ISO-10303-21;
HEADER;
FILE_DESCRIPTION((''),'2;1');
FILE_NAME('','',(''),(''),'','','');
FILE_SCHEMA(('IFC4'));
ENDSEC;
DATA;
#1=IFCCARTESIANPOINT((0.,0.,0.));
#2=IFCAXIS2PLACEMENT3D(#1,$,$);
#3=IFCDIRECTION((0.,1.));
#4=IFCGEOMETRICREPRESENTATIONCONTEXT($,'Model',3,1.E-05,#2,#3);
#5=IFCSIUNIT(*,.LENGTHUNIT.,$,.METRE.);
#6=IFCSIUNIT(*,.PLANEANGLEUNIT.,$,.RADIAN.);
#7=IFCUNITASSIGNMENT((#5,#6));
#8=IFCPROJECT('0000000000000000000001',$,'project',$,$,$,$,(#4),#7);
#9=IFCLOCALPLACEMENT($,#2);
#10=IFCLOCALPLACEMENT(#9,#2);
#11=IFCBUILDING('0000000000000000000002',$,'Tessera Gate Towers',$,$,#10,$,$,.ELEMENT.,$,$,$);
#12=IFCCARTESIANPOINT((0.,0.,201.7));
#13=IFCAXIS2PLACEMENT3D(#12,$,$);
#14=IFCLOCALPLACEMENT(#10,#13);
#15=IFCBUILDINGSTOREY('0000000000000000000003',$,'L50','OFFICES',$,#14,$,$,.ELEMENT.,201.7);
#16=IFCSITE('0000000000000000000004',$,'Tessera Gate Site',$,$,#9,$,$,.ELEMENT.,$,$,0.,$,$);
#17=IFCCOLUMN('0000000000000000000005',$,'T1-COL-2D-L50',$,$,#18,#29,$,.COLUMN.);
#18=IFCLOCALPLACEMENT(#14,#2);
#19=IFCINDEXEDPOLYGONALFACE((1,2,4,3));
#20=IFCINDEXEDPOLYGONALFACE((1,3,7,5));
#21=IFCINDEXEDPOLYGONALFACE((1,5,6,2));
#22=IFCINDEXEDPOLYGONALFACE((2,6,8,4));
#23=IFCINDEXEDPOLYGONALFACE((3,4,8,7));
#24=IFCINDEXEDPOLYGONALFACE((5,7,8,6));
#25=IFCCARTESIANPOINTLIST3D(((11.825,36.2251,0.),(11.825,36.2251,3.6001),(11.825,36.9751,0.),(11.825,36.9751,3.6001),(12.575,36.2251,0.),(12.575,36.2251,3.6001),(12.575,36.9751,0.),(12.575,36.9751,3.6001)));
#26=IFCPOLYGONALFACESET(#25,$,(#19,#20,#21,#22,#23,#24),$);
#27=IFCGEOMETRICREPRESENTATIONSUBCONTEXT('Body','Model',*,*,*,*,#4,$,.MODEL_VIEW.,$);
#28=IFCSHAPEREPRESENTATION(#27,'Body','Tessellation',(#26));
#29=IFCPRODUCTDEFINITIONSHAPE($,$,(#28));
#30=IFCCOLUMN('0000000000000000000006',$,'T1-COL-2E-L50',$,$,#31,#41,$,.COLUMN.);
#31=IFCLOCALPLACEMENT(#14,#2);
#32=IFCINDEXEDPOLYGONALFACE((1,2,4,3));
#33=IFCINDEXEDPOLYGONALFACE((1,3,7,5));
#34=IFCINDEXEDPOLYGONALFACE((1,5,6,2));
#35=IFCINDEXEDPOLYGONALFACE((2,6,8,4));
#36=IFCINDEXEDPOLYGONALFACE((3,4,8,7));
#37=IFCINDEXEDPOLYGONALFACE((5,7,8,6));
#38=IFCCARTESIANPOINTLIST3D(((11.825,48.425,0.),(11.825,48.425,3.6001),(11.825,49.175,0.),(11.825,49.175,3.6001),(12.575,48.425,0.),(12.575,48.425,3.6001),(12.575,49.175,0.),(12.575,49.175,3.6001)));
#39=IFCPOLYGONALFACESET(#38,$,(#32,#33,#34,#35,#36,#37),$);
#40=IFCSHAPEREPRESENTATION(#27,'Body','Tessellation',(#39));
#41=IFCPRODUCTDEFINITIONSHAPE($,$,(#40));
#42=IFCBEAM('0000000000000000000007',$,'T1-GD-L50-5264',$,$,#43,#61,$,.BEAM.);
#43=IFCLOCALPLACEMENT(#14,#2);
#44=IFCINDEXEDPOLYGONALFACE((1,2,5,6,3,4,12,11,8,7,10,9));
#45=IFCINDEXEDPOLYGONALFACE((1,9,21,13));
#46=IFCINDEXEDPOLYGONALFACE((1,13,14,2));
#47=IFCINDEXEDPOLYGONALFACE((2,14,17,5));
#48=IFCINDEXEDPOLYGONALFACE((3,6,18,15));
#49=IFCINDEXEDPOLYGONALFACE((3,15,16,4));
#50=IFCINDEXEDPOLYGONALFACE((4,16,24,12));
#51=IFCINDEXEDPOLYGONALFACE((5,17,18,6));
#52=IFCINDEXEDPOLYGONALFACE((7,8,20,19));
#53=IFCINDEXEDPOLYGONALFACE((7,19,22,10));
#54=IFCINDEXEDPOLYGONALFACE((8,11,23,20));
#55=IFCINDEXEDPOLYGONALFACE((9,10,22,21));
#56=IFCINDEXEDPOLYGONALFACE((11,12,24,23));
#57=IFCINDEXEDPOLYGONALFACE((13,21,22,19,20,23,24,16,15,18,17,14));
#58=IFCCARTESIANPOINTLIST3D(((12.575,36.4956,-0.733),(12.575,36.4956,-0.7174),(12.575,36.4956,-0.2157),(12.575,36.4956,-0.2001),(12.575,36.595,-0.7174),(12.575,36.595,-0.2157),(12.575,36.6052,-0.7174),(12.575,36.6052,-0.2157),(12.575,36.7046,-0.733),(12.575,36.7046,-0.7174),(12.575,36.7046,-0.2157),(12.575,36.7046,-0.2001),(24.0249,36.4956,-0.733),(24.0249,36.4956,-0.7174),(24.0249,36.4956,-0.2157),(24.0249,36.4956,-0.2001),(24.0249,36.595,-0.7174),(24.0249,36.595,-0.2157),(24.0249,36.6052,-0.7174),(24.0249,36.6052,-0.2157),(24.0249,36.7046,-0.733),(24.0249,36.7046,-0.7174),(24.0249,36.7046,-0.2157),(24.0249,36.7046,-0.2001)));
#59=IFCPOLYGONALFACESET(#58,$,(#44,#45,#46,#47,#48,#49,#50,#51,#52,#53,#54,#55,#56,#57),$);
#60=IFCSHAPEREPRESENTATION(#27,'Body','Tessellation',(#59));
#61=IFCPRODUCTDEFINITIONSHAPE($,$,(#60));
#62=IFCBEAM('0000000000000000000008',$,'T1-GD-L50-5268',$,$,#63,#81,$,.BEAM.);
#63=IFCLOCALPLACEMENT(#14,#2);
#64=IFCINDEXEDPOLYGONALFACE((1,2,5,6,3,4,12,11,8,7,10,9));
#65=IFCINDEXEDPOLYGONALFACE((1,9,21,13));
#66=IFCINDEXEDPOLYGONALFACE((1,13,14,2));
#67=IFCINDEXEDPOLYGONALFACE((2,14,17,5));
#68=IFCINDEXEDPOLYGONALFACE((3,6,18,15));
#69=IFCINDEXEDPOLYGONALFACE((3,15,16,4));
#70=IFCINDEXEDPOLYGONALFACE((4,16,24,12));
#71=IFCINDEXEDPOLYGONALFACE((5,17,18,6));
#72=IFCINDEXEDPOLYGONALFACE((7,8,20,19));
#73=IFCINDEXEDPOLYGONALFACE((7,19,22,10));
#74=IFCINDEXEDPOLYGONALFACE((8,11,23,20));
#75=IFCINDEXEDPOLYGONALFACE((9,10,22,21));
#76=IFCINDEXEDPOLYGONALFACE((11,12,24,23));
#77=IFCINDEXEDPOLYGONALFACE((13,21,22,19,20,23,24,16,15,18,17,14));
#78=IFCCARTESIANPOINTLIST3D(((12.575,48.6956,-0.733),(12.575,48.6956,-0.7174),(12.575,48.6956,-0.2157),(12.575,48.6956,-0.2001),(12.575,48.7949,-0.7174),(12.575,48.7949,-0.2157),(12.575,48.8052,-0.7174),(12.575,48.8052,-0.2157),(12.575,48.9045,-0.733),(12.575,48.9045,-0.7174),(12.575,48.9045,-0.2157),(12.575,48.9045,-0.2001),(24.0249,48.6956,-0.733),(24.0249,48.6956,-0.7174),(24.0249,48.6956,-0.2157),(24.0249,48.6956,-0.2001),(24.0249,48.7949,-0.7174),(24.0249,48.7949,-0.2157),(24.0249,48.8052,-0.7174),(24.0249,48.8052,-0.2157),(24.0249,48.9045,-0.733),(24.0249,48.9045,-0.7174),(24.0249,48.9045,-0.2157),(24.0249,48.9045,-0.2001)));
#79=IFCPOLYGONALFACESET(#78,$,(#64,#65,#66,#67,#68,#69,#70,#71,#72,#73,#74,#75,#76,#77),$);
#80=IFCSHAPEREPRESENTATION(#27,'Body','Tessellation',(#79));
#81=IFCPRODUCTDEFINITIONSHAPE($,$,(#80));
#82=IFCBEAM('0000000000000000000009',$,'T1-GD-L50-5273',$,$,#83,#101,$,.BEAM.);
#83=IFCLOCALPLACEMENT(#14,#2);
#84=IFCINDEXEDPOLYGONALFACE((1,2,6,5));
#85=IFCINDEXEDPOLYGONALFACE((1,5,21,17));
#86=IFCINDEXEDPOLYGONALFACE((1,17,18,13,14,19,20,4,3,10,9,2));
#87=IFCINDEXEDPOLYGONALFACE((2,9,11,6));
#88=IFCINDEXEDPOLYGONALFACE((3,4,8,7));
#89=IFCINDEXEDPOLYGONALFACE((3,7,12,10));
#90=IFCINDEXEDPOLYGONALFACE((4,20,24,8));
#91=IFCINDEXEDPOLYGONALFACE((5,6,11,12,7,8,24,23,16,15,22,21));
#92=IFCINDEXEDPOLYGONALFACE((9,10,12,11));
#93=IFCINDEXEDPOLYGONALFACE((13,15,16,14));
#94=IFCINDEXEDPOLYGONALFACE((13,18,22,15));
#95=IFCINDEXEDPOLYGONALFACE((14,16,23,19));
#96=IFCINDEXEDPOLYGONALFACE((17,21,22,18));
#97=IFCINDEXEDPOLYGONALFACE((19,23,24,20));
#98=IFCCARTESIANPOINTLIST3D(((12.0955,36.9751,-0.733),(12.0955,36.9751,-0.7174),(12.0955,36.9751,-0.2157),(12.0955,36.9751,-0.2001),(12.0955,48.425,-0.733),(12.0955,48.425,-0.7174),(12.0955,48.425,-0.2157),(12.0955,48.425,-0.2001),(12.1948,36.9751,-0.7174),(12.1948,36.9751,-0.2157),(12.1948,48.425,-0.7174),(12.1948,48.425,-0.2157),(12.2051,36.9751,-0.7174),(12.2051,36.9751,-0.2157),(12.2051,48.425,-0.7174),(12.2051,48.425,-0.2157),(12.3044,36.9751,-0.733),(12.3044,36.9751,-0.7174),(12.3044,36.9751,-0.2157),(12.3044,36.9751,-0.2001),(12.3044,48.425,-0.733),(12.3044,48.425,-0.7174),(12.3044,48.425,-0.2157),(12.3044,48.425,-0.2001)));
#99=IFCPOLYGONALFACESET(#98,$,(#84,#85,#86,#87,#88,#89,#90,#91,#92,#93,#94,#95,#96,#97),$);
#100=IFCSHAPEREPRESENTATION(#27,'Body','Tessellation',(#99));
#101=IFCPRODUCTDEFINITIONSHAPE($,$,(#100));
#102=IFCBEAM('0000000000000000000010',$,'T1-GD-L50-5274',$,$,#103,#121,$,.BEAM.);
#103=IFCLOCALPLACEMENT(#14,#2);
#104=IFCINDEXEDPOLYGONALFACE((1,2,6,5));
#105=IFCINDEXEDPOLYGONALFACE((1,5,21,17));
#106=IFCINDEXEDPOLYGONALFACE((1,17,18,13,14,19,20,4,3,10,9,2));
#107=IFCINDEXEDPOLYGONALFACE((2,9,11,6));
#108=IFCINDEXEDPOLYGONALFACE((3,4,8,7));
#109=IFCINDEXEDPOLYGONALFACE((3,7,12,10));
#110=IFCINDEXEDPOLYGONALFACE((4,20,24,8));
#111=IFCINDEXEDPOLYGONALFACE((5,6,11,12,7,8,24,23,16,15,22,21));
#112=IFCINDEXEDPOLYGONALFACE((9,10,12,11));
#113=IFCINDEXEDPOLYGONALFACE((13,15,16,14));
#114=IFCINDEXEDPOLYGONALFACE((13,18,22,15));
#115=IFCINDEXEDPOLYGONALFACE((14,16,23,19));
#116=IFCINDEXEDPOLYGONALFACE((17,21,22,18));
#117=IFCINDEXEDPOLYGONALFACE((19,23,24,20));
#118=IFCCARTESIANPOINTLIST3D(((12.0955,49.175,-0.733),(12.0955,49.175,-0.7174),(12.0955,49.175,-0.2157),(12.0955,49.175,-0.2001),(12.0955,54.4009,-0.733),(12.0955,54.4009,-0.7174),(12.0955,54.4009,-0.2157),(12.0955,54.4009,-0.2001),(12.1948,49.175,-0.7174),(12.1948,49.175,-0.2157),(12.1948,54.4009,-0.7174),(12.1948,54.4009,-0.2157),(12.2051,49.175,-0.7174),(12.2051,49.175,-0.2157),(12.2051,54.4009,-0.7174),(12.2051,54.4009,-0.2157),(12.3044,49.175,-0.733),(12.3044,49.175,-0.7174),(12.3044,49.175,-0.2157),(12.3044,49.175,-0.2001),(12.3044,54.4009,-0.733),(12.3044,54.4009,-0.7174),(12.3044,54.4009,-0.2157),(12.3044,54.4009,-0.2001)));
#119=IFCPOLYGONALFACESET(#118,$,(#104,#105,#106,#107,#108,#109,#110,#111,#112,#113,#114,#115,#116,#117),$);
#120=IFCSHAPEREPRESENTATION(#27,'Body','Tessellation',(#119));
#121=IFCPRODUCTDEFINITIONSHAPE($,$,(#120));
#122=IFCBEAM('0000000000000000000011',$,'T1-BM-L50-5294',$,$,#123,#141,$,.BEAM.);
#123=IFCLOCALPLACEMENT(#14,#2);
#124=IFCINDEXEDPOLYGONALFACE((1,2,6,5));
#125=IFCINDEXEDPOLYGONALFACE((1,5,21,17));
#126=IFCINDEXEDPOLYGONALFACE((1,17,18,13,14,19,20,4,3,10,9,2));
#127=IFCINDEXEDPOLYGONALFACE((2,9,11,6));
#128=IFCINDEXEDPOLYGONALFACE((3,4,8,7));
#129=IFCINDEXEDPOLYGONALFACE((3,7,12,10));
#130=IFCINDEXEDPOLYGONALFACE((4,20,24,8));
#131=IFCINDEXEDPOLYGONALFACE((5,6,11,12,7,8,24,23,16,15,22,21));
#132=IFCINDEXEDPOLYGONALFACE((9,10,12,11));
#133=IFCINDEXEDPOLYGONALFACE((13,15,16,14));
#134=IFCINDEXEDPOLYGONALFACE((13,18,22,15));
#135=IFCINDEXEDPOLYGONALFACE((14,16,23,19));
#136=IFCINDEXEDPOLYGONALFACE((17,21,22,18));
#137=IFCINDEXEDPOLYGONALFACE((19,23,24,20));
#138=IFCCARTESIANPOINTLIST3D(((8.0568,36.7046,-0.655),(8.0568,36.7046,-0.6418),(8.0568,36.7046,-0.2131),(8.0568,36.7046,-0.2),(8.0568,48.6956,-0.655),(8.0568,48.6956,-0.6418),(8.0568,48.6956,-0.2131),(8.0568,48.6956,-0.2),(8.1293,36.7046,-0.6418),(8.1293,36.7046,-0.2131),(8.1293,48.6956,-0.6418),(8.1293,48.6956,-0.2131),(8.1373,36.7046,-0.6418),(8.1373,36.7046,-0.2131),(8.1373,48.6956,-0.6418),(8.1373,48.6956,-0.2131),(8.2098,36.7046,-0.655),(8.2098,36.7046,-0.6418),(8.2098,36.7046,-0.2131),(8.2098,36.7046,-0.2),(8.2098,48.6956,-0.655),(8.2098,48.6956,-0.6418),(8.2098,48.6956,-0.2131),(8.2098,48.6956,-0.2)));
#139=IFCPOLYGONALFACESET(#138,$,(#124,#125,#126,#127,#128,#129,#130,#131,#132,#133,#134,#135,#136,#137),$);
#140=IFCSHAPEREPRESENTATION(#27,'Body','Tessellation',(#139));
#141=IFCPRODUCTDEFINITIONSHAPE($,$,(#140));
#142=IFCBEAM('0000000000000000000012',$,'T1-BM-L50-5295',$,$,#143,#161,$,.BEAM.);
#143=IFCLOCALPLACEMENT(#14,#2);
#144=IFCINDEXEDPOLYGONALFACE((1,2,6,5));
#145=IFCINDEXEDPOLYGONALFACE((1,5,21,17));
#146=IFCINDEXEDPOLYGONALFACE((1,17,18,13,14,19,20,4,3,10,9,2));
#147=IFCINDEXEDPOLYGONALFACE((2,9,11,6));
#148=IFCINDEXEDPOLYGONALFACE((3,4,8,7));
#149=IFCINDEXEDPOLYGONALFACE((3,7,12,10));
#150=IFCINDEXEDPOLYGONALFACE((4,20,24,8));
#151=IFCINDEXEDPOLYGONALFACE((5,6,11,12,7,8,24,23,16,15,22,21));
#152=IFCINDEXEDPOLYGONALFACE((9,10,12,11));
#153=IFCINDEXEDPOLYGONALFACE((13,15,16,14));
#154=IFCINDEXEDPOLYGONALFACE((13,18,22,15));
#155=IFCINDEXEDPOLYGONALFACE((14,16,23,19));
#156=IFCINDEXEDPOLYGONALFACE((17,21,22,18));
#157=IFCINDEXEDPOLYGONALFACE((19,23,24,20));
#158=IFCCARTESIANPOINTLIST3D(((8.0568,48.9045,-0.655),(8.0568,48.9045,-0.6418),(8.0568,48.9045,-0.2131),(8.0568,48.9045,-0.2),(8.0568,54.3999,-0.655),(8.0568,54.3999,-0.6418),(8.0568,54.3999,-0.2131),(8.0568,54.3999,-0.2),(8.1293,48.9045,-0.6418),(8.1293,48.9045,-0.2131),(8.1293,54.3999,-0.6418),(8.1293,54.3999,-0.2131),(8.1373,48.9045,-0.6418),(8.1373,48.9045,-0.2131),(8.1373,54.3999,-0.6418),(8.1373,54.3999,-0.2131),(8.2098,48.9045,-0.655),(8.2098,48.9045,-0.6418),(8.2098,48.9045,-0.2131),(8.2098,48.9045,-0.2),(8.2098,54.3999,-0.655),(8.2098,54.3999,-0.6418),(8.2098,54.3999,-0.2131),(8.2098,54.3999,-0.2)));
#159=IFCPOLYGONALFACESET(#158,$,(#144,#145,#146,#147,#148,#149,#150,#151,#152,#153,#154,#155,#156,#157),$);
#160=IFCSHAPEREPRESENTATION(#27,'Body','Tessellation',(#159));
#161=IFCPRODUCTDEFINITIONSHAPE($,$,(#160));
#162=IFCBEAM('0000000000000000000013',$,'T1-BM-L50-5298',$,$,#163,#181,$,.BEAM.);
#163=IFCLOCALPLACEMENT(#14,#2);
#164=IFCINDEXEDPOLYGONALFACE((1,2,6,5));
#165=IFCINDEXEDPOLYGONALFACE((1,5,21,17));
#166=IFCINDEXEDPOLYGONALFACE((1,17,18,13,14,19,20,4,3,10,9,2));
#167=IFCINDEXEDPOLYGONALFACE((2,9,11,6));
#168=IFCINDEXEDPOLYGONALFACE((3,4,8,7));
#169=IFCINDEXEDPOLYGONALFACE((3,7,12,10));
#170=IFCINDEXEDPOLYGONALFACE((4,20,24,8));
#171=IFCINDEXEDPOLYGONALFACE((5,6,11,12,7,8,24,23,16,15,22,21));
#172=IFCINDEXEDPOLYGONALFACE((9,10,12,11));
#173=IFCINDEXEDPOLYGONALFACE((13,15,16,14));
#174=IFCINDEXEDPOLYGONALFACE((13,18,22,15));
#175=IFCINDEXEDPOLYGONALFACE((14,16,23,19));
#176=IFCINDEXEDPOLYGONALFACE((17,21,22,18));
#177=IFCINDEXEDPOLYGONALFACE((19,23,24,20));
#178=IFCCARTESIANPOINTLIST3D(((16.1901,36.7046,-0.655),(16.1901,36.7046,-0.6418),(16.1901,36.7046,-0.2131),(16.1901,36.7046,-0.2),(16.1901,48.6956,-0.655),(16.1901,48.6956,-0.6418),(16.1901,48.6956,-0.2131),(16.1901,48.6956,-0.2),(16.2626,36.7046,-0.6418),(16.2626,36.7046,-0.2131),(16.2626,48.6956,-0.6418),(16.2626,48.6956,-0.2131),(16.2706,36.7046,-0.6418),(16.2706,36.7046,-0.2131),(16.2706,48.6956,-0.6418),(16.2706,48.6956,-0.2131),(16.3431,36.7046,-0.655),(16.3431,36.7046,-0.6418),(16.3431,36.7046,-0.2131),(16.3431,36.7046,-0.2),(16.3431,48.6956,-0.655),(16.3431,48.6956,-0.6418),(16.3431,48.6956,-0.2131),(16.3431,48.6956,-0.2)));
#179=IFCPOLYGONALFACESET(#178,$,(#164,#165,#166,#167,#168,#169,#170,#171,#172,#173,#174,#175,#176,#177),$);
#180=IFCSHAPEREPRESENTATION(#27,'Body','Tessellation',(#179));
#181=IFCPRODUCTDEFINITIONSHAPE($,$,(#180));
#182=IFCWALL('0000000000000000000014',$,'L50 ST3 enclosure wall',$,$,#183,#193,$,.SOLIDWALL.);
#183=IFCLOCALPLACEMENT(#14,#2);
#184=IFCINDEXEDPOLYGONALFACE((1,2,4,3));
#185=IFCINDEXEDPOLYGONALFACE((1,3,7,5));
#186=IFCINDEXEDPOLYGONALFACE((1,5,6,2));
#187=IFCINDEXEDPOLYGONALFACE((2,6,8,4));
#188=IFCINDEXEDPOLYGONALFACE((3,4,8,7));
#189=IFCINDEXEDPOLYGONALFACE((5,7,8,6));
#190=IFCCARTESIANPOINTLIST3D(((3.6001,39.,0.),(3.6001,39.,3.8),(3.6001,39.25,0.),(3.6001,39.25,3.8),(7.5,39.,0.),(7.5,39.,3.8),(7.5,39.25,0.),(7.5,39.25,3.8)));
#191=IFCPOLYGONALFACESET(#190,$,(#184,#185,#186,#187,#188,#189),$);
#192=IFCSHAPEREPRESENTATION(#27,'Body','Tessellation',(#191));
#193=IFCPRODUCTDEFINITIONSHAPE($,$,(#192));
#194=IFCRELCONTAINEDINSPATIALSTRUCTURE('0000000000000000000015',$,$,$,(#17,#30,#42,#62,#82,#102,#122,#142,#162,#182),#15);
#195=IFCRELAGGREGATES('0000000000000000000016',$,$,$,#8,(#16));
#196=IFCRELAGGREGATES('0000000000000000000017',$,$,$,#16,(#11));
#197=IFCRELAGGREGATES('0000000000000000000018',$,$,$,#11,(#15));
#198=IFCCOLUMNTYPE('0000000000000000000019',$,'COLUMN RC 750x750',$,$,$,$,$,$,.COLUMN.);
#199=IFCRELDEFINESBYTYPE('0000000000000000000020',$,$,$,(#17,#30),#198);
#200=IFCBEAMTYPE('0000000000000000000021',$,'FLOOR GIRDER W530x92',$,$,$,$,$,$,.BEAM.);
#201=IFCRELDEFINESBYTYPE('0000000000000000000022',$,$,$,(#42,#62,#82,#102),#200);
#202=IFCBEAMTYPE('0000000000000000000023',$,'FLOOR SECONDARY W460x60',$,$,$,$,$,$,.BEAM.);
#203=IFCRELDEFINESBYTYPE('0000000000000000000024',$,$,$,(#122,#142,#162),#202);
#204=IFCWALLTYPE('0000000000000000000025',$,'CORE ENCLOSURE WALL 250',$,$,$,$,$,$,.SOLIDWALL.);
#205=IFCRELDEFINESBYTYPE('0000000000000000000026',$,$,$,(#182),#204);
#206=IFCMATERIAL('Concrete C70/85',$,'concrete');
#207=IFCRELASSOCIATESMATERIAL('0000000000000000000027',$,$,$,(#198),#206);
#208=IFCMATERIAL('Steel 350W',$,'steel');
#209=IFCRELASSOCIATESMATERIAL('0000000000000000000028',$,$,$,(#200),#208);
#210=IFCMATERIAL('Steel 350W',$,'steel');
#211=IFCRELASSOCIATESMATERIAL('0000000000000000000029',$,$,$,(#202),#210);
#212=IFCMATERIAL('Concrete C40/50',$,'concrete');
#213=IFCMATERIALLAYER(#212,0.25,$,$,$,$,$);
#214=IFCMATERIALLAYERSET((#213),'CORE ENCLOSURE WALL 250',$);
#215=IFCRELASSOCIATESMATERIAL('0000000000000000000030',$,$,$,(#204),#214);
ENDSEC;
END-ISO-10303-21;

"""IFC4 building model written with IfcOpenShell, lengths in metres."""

from ifc_helpers import new_model, si_unit, direction, frame, frame_2d, origin, origin_2d, place, context, subcontext, project, spatial, rectangle, i_section, extrude, material, layer, layer_set, material_profile, profile_set, type_object, element, save


model = new_model("IFC4")

# Units and contexts
model_context = context("Model", 3, precision=1e-05, world=origin(), true_north=direction((0.0, 1.0)))
body_context = subcontext(model_context, "Body", "Model", "MODEL_VIEW")
ifc_project = project(units=[si_unit("LENGTHUNIT", "METRE"), si_unit("PLANEANGLEUNIT", "RADIAN")], contexts=[model_context])

# Site, building, storey
site_placement = place(None, origin())
site = spatial("IfcSite", under=ifc_project, at=site_placement, Name="Tessera Gate Site", CompositionType="ELEMENT", RefElevation=0.0)
building_placement = place(site_placement, origin())
building = spatial("IfcBuilding", under=site, at=building_placement, Name="Tessera Gate Towers", CompositionType="ELEMENT")
storey_placement = place(building_placement, frame((0.0, 0.0, 201.7)))
storey = spatial("IfcBuildingStorey", under=building, at=storey_placement, Name="L50", Description="OFFICES", CompositionType="ELEMENT", Elevation=201.7)

# Columns
ifc_material_1 = material(Name="Concrete C70/85", Category="concrete")
ifc_material_profile_1 = material_profile(ifc_material_1, rectangle(XDim=0.75, YDim=0.75, at=origin_2d()), Name="RC 750x750")
ifc_profile_set_1 = profile_set([ifc_material_profile_1], Name="Concrete C70/85")
column_type = type_object("IfcColumnType", Name="COLUMN RC 750x750", PredefinedType="COLUMN", material=ifc_profile_set_1)
for number, where, z_axis, x_axis, name in (
    (1, (12.2, 36.6001, 0.0), (0.0, 0.0, 1.0), (1.0, 0.0, 0.0), "T1-COL-2D-L50"),
    (2, (12.2, 48.8, 0.0), (0.0, 0.0, 1.0), (1.0, 0.0, 0.0), "T1-COL-2E-L50"),
):
    element("IfcColumn", number, at=place(storey_placement, frame(where, z_axis=z_axis, x_axis=x_axis)), inside=storey, type_object=column_type, Name=name, PredefinedType="COLUMN", context=body_context, shape_type="SweptSolid", body=[
        extrude(rectangle(XDim=0.75, YDim=0.75, at=origin_2d()), origin(), (0.0, 0.0, 1.0), 3.6001),
    ])

# Beams
ifc_material_2 = material(Name="Steel 350W", Category="steel")
ifc_material_profile_2 = material_profile(ifc_material_2, i_section(OverallWidth=0.209, OverallDepth=0.533, WebThickness=0.0103, FlangeThickness=0.0156, at=origin_2d()), Name="W530x92")
ifc_profile_set_2 = profile_set([ifc_material_profile_2], Name="Steel 350W")
beam_type_1 = type_object("IfcBeamType", Name="FLOOR GIRDER W530x92", PredefinedType="BEAM", material=ifc_profile_set_2)
for number, where, z_axis, x_axis, name in (
    (3, (12.575, 36.6001, -0.4666), (1.0, 0.0, 0.0), (0.0, 1.0, 0.0), "T1-GD-L50-5264"),
    (4, (12.575, 48.8, -0.4666), (1.0, 0.0, 0.0), (0.0, 1.0, 0.0), "T1-GD-L50-5268"),
    (5, (12.2, 36.9751, -0.4666), (0.0, 1.0, 0.0), (-1.0, 0.0, 0.0), "T1-GD-L50-5273"),
):
    element("IfcBeam", number, at=place(storey_placement, frame(where, z_axis=z_axis, x_axis=x_axis)), inside=storey, type_object=beam_type_1, Name=name, PredefinedType="BEAM", context=body_context, shape_type="SweptSolid", body=[
        extrude(i_section(OverallWidth=0.209, OverallDepth=0.533, WebThickness=0.0103, FlangeThickness=0.0156, at=origin_2d()), origin(), (0.0, 0.0, 1.0), 11.45),
    ])
beam_1_placement = place(storey_placement, frame((12.2, 49.175, -0.4666), z_axis=(0.0, 1.0, 0.0), x_axis=(-1.0, 0.0, 0.0)))
element("IfcBeam", 6, at=beam_1_placement, inside=storey, type_object=beam_type_1, Name="T1-GD-L50-5274", PredefinedType="BEAM", context=body_context, shape_type="SweptSolid", body=[
    extrude(i_section(OverallWidth=0.209, OverallDepth=0.533, WebThickness=0.0103, FlangeThickness=0.0156, at=origin_2d()), origin(), (0.0, 0.0, 1.0), 5.2258),
])
ifc_material_3 = material(Name="Steel 350W", Category="steel")
ifc_material_profile_3 = material_profile(ifc_material_3, i_section(OverallWidth=0.1531, OverallDepth=0.4551, WebThickness=0.0081, FlangeThickness=0.0132, at=origin_2d()), Name="W460x60")
ifc_profile_set_3 = profile_set([ifc_material_profile_3], Name="Steel 350W")
beam_type_2 = type_object("IfcBeamType", Name="FLOOR SECONDARY W460x60", PredefinedType="BEAM", material=ifc_profile_set_3)
beam_2_placement = place(storey_placement, frame((8.1333, 36.7046, -0.4275), z_axis=(0.0, 1.0, 0.0), x_axis=(-1.0, 0.0, 0.0)))
element("IfcBeam", 7, at=beam_2_placement, inside=storey, type_object=beam_type_2, Name="T1-BM-L50-5294", PredefinedType="BEAM", context=body_context, shape_type="SweptSolid", body=[
    extrude(i_section(OverallWidth=0.1531, OverallDepth=0.4551, WebThickness=0.0081, FlangeThickness=0.0132, at=origin_2d()), origin(), (0.0, 0.0, 1.0), 11.991),
])
beam_3_placement = place(storey_placement, frame((8.1333, 48.9045, -0.4275), z_axis=(0.0, 1.0, 0.0), x_axis=(-1.0, 0.0, 0.0)))
element("IfcBeam", 8, at=beam_3_placement, inside=storey, type_object=beam_type_2, Name="T1-BM-L50-5295", PredefinedType="BEAM", context=body_context, shape_type="SweptSolid", body=[
    extrude(i_section(OverallWidth=0.1531, OverallDepth=0.4551, WebThickness=0.0081, FlangeThickness=0.0132, at=origin_2d()), origin(), (0.0, 0.0, 1.0), 5.4954),
])
beam_4_placement = place(storey_placement, frame((16.2666, 36.7046, -0.4275), z_axis=(0.0, 1.0, 0.0), x_axis=(-1.0, 0.0, 0.0)))
element("IfcBeam", 9, at=beam_4_placement, inside=storey, type_object=beam_type_2, Name="T1-BM-L50-5298", PredefinedType="BEAM", context=body_context, shape_type="SweptSolid", body=[
    extrude(i_section(OverallWidth=0.1531, OverallDepth=0.4551, WebThickness=0.0081, FlangeThickness=0.0132, at=origin_2d()), origin(), (0.0, 0.0, 1.0), 11.991),
])

# Wall
ifc_material_4 = material(Name="Concrete C40/50", Category="concrete")
ifc_layer_1 = layer(ifc_material_4, 0.25)
ifc_layer_set_1 = layer_set([ifc_layer_1], Name="CORE ENCLOSURE WALL 250")
wall_type_1 = type_object("IfcWallType", Name="CORE ENCLOSURE WALL 250", PredefinedType="SOLIDWALL", material=ifc_layer_set_1)
wall_1_placement = place(storey_placement, frame((7.5, 39.125, 0.0), z_axis=(0.0, 0.0, 1.0), x_axis=(-1.0, 0.0, 0.0)))
element("IfcWall", 10, at=wall_1_placement, inside=storey, type_object=wall_type_1, Name="L50 ST3 enclosure wall", PredefinedType="SOLIDWALL", context=body_context, shape_type="SweptSolid", body=[
    extrude(rectangle(XDim=3.8999, YDim=0.25, at=frame_2d((1.95, 0.0))), origin(), (0.0, 0.0, 1.0), 3.8),
])

save(model, "model.ifc")
